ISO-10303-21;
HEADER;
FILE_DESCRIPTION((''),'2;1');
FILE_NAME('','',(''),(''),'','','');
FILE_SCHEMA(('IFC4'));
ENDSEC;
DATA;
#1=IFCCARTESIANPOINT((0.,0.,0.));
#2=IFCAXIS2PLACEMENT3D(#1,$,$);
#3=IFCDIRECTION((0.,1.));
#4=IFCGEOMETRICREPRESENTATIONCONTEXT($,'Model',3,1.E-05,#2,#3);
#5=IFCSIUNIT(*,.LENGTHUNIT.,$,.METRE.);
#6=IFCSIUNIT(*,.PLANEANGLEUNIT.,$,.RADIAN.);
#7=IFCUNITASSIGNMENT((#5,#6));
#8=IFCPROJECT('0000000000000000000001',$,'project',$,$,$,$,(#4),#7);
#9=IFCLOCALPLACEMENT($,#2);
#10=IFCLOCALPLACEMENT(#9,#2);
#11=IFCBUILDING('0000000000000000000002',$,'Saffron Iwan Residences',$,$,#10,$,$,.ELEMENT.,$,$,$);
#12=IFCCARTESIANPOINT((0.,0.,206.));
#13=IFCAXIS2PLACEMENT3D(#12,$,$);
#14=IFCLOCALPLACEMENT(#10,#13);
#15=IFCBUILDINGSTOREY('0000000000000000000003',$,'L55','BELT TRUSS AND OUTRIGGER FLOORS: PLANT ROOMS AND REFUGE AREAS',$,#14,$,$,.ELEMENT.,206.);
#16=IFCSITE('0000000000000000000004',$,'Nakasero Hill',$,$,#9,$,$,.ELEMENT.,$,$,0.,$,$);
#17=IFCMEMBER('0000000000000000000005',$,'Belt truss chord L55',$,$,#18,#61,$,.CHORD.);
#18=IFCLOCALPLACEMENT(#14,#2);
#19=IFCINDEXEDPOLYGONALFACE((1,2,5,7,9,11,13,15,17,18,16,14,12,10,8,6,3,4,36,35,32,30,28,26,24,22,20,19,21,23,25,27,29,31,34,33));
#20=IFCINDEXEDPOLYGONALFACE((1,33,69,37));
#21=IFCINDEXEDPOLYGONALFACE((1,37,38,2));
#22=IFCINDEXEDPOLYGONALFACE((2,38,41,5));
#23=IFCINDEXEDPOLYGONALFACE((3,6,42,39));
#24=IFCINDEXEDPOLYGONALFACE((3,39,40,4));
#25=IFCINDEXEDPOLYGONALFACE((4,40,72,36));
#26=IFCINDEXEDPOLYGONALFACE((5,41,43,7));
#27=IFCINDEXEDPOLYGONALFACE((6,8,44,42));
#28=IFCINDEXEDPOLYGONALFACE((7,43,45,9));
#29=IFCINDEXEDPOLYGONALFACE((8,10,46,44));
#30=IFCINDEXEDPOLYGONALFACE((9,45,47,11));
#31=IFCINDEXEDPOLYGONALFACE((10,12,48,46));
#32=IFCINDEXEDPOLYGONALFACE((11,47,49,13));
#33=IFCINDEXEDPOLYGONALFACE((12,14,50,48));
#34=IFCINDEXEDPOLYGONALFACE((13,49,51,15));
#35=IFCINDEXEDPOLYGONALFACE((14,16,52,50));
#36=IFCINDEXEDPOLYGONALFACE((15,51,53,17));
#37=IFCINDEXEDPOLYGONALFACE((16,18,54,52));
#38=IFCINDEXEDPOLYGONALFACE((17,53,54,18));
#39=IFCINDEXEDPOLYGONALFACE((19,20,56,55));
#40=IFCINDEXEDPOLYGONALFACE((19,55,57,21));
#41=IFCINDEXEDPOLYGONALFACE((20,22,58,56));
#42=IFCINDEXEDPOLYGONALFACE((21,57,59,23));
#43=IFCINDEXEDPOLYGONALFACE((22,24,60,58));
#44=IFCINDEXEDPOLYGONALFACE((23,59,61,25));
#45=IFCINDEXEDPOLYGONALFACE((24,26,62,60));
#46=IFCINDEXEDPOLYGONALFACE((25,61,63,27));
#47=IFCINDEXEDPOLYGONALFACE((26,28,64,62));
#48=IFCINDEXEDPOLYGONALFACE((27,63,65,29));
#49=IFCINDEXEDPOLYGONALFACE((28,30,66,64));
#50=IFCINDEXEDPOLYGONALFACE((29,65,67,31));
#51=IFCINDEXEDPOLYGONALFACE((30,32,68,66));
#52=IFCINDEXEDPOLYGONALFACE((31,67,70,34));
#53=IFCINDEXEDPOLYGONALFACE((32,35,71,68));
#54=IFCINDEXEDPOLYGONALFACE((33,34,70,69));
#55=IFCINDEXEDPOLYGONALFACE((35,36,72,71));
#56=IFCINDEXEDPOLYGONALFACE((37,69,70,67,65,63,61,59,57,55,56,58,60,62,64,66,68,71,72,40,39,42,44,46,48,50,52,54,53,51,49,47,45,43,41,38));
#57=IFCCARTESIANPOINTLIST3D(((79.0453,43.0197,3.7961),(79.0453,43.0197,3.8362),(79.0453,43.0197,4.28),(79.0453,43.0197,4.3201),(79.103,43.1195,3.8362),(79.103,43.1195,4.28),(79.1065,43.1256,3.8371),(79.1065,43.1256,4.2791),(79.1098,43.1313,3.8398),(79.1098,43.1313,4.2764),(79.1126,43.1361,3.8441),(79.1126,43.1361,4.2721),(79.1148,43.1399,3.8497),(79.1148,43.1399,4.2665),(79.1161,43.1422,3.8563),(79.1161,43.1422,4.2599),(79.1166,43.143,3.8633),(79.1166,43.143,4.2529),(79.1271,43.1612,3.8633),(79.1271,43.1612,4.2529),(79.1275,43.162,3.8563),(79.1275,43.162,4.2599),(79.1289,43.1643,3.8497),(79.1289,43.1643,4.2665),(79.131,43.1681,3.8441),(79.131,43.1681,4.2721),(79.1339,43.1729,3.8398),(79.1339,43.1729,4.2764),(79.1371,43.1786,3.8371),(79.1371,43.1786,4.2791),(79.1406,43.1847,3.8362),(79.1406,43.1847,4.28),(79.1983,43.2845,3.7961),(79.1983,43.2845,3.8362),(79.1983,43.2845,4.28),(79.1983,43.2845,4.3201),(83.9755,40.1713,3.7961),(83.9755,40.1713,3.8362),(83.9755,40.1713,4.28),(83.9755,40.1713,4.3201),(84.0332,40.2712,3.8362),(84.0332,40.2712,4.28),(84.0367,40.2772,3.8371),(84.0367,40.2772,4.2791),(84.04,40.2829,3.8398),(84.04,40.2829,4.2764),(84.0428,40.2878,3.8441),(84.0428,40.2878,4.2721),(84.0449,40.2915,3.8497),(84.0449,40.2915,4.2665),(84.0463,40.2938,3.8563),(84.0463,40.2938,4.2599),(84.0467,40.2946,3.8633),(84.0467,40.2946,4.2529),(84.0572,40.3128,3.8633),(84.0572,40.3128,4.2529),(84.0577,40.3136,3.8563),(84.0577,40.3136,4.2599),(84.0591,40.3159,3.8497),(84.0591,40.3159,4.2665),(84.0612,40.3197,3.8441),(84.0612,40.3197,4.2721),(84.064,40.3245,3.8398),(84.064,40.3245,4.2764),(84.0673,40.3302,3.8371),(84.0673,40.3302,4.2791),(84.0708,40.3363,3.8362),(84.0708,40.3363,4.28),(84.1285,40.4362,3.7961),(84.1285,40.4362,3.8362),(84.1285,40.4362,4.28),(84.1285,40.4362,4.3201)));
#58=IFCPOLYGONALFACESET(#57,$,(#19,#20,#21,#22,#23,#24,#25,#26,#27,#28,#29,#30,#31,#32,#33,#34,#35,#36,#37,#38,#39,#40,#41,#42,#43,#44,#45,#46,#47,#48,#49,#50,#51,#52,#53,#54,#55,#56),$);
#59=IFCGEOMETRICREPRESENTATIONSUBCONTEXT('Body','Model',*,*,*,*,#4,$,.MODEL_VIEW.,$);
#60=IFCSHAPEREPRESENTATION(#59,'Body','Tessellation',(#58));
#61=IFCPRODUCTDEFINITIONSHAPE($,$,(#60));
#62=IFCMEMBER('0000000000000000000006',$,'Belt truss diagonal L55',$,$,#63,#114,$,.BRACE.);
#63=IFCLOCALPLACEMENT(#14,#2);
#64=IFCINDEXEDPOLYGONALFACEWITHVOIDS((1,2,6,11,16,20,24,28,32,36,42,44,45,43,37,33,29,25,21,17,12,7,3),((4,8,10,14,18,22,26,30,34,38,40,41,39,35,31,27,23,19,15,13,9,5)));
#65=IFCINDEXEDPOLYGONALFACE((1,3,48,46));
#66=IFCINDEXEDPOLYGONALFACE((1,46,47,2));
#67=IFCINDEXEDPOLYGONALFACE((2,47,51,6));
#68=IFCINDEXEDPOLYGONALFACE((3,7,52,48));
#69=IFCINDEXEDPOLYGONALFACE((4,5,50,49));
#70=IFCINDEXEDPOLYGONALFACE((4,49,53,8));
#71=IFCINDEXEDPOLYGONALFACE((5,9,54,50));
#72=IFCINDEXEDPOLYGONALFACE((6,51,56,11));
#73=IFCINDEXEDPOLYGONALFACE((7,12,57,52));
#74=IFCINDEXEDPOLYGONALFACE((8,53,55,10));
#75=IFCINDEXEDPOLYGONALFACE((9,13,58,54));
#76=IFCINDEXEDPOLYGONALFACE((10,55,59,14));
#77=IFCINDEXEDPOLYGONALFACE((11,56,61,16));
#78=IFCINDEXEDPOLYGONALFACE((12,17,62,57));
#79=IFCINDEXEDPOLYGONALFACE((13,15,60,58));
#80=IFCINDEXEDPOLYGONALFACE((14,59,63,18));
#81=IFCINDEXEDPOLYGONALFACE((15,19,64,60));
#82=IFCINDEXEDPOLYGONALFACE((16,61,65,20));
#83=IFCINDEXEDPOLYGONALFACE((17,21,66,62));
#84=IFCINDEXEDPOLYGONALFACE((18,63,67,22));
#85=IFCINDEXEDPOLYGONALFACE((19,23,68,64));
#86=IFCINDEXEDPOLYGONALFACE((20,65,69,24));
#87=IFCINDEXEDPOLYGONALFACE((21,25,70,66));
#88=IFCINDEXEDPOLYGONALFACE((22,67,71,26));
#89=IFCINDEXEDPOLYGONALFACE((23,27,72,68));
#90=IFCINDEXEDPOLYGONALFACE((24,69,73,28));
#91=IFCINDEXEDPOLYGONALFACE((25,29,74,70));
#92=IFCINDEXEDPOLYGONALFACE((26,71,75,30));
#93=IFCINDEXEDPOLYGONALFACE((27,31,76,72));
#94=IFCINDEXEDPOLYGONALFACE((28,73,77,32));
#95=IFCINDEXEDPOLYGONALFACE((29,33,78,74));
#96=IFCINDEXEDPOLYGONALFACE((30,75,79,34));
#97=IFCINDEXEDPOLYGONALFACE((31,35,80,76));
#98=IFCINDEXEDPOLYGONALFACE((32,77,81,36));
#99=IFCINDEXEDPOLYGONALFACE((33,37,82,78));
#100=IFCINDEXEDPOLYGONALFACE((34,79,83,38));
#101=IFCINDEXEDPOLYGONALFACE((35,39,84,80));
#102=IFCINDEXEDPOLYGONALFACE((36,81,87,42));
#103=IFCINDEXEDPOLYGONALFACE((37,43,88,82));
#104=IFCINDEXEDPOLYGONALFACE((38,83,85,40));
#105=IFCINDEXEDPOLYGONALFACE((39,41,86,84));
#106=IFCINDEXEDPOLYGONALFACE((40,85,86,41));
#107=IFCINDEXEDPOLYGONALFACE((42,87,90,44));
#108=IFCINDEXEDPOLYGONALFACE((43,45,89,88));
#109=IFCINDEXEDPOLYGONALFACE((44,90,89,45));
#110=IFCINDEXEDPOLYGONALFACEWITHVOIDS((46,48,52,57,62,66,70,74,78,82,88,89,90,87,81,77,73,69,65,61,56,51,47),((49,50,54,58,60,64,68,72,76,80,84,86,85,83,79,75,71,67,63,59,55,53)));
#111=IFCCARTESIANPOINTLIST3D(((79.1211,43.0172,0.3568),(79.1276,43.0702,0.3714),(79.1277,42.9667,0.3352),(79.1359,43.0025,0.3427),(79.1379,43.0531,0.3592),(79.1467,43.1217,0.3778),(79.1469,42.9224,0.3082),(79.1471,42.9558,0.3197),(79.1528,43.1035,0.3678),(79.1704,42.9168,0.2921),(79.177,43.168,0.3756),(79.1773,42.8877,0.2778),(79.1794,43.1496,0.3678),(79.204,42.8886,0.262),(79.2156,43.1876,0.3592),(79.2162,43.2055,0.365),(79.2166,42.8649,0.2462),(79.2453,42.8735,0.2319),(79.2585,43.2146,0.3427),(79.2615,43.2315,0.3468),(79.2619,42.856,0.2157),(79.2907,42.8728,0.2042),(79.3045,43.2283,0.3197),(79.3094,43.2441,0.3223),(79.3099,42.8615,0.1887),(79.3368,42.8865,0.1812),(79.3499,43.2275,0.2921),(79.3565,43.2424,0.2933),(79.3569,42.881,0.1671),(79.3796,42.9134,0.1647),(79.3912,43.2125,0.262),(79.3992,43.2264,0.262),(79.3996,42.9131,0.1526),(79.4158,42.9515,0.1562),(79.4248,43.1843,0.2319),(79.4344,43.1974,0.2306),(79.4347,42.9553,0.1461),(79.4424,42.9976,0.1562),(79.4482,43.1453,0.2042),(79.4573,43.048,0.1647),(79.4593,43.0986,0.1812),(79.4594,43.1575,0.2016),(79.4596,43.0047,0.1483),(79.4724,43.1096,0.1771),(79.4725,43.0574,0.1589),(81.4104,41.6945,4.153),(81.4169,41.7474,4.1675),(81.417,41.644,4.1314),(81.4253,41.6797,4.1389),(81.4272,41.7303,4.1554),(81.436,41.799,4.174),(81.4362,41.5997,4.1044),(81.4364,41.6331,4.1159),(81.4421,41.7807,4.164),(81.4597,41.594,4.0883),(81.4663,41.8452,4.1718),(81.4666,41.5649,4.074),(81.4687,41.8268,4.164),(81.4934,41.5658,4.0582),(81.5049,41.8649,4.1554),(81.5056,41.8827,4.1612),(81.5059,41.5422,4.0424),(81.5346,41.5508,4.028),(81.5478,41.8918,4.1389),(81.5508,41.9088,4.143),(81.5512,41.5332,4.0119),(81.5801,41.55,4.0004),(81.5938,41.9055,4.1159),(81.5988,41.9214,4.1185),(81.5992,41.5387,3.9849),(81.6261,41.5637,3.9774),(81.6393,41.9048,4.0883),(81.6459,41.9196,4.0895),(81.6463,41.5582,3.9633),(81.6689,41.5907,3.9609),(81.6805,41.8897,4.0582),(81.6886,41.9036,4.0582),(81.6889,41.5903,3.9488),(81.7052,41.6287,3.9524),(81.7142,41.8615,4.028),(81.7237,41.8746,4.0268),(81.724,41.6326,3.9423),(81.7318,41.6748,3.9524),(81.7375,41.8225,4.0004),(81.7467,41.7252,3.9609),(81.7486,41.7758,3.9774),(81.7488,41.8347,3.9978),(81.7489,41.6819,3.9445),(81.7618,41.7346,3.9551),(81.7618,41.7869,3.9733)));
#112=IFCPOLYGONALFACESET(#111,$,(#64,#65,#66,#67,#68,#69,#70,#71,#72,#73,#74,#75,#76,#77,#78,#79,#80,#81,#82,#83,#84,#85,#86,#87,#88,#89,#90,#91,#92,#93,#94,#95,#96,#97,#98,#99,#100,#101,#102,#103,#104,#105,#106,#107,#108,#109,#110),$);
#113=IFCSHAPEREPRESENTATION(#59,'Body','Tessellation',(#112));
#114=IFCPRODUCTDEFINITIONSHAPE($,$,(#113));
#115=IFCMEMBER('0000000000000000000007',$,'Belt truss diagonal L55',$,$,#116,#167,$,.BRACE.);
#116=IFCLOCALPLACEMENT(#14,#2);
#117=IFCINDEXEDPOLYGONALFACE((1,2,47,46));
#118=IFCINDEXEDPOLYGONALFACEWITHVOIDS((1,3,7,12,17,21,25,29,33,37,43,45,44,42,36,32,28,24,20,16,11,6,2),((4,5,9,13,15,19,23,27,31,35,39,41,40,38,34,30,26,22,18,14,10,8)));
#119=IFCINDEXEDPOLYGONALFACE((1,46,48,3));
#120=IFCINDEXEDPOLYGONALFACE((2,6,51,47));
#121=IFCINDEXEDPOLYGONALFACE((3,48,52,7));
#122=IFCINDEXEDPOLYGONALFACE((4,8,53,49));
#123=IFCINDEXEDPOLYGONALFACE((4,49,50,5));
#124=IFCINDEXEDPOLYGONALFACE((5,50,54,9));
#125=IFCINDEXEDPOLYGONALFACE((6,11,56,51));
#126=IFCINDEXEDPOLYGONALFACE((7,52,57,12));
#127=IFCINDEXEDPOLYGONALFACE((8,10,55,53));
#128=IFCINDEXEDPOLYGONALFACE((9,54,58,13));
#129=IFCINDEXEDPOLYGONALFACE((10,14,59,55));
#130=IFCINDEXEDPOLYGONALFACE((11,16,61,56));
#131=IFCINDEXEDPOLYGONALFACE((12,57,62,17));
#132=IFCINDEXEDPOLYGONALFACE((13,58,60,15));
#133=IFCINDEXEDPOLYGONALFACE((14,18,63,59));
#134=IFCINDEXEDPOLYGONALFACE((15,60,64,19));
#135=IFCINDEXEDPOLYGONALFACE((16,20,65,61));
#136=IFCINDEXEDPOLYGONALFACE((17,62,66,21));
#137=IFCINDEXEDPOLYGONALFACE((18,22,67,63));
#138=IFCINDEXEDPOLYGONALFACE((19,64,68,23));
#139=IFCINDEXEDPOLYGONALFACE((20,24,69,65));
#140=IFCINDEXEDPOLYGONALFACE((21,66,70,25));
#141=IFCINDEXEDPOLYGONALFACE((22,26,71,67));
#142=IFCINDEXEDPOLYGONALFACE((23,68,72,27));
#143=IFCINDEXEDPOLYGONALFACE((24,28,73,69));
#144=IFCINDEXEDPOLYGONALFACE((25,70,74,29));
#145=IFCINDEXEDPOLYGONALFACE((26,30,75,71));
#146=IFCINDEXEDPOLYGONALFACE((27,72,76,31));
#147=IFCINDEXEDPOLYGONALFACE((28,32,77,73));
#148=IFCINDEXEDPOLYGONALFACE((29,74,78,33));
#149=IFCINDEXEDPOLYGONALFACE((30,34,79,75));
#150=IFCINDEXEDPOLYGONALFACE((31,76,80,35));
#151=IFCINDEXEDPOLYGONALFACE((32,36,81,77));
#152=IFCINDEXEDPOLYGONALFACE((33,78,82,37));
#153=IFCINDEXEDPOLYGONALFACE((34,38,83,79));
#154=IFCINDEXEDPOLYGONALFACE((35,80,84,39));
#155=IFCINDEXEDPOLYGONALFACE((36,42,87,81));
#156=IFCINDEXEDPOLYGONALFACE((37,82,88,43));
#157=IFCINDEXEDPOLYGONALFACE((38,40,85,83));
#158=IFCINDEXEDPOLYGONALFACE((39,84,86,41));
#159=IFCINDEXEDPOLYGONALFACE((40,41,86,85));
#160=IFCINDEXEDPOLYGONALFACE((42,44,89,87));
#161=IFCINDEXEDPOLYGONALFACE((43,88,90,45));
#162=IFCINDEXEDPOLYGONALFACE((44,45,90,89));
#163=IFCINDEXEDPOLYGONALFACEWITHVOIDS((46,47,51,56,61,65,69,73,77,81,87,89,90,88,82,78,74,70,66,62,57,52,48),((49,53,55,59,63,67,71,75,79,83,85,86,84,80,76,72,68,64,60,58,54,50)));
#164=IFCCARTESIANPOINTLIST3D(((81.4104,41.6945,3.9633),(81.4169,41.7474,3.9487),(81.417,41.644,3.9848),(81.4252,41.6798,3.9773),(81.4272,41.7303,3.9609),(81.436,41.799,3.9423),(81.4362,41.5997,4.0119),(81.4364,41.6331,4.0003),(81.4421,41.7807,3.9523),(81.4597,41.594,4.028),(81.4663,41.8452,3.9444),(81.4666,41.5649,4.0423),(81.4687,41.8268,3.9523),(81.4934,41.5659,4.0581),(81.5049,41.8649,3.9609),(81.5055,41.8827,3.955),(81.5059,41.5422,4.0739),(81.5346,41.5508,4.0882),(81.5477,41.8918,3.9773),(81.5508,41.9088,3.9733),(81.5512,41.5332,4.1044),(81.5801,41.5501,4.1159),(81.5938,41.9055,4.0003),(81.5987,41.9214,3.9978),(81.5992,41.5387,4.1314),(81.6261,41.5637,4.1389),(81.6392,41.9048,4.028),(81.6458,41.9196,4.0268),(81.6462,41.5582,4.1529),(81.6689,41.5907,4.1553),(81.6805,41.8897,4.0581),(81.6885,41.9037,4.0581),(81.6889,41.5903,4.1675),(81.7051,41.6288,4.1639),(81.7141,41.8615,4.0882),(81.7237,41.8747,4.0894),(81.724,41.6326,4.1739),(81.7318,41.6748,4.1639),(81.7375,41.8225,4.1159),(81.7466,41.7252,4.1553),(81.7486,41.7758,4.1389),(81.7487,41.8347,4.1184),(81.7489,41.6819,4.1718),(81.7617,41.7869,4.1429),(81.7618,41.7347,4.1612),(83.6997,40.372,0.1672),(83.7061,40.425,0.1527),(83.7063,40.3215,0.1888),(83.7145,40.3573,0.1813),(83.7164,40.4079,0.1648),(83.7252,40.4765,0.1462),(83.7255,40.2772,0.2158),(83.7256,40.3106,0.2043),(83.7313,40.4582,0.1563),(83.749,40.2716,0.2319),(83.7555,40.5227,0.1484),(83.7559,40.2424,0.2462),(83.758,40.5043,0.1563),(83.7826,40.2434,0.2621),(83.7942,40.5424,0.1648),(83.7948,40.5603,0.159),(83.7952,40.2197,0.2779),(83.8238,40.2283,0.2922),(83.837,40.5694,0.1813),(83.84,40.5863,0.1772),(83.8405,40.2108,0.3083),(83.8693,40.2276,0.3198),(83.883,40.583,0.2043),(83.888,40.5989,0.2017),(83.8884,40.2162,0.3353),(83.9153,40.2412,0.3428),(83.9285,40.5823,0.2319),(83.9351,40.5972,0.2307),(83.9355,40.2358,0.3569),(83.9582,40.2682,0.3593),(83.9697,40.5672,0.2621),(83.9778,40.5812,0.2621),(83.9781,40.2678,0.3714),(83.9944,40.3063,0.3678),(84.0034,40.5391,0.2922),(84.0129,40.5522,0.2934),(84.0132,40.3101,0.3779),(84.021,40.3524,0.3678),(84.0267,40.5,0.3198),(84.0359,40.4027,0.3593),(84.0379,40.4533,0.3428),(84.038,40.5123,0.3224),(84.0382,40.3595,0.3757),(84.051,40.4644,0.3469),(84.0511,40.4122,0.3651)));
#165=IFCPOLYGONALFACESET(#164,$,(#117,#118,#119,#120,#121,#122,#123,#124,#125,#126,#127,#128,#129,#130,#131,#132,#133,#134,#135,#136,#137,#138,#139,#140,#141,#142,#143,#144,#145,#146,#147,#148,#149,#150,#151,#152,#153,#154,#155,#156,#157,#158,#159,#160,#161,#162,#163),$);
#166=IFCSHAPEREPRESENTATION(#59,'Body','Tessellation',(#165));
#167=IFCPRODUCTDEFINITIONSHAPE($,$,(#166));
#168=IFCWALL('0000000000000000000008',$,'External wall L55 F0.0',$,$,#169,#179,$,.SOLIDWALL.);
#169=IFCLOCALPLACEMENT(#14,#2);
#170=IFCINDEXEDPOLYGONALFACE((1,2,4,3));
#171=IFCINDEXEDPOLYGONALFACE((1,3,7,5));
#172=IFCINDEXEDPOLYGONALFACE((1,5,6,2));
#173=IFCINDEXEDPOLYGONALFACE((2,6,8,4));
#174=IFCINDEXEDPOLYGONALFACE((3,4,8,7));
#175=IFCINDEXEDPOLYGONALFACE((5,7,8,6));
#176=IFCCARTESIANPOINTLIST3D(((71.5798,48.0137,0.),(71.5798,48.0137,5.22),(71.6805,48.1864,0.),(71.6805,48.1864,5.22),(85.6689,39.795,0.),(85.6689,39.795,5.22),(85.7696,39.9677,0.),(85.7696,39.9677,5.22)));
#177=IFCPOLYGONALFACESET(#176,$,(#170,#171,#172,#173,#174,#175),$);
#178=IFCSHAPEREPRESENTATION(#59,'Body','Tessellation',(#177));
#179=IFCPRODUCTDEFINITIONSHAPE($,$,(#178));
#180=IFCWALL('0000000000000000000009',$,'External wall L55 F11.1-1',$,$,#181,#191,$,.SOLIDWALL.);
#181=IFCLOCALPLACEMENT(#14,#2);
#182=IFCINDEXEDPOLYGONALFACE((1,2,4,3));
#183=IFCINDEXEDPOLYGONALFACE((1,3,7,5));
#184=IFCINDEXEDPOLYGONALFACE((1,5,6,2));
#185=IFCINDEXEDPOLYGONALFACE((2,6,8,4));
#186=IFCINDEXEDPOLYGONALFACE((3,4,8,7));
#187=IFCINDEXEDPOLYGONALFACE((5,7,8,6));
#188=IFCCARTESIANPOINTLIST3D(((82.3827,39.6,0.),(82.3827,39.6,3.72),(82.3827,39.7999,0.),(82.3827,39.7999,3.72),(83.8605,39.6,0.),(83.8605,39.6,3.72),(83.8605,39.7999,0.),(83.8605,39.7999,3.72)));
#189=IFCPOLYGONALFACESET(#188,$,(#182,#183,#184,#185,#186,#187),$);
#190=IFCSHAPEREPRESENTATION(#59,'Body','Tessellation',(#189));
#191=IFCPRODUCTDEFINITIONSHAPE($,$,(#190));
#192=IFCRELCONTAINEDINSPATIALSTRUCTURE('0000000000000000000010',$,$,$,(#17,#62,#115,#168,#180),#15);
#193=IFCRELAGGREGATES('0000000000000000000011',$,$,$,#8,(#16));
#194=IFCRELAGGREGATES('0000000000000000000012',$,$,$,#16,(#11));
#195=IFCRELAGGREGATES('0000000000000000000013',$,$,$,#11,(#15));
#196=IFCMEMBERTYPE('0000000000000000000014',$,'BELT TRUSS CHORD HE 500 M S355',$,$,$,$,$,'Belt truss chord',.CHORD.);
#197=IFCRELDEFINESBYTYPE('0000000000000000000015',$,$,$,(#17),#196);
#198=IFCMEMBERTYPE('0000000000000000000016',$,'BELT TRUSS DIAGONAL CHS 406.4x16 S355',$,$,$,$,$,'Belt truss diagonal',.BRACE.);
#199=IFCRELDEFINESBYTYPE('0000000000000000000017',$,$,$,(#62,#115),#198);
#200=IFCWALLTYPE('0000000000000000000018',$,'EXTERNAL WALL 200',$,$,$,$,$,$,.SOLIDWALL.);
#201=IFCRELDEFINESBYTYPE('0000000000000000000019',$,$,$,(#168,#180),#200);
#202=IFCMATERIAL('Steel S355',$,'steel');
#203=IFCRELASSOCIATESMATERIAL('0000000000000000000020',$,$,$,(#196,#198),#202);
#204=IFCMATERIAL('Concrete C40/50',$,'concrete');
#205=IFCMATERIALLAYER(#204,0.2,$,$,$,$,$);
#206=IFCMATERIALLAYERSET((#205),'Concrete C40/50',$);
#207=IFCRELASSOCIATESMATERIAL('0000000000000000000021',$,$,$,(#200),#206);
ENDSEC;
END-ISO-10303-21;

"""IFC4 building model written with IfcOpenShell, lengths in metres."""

from ifc_helpers import new_model, si_unit, direction, frame, frame_2d, origin, origin_2d, place, context, subcontext, project, spatial, rectangle, hollow_circle, i_section, extrude, source, transform, mapped, material, layer, layer_set, material_profile, profile_set, type_object, element, save


model = new_model("IFC4")

# Units and contexts
model_context = context("Model", 3, precision=1e-05, world=origin(), true_north=direction((0.0, 1.0)))
body_context = subcontext(model_context, "Body", "Model", "MODEL_VIEW")
ifc_project = project(units=[si_unit("LENGTHUNIT", "METRE"), si_unit("PLANEANGLEUNIT", "RADIAN")], contexts=[model_context])

# Site, building, storey
site_placement = place(None, origin())
site = spatial("IfcSite", under=ifc_project, at=site_placement, Name="Nakasero Hill", CompositionType="ELEMENT", RefElevation=0.0)
building_placement = place(site_placement, origin())
building = spatial("IfcBuilding", under=site, at=building_placement, Name="Saffron Iwan Residences", CompositionType="ELEMENT")
storey_placement = place(building_placement, frame((0.0, 0.0, 206.0)))
storey = spatial("IfcBuildingStorey", under=building, at=storey_placement, Name="L55", Description="BELT TRUSS AND OUTRIGGER FLOORS: PLANT ROOMS AND REFUGE AREAS", CompositionType="ELEMENT", Elevation=206.0)

# Members
ifc_material_1 = material(Name="Steel S355", Category="steel")
ifc_material_profile_1 = material_profile(ifc_material_1, i_section(OverallWidth=0.3059, OverallDepth=0.5239, WebThickness=0.021, FlangeThickness=0.04, FilletRadius=0.0271, at=origin_2d()), Name="HE 500 M")
ifc_profile_set_1 = profile_set([ifc_material_profile_1], Name="Steel S355")
member_type_1 = type_object("IfcMemberType", Name="BELT TRUSS CHORD HE 500 M S355", ElementType="Belt truss chord", PredefinedType="CHORD", material=ifc_profile_set_1)
shared_shape_1 = source(origin(), body_context, "Body", "SweptSolid", [
    extrude(i_section(OverallWidth=0.3059, OverallDepth=0.5239, WebThickness=0.021, FlangeThickness=0.04, FilletRadius=0.0271, at=origin_2d()), origin(), (0.0, 0.0, 1.0), 5.6938),
])
for number, where, z_axis, x_axis, name in (
    (1, (79.1218, 43.1521, 4.0581), (0.865877, -0.500257, 0.0), (0.500257, 0.865877, 0.0), "Belt truss chord L55"),
):
    element("IfcMember", number, at=place(storey_placement, frame(where, z_axis=z_axis, x_axis=x_axis)), inside=storey, type_object=member_type_1, Name=name, PredefinedType="CHORD", context=body_context, shape_type="MappedRepresentation", body=[
        mapped(shared_shape_1, transform((0.0, 0.0, 0.0))),
    ])
ifc_material_profile_2 = material_profile(ifc_material_1, hollow_circle(Radius=0.2031, WallThickness=0.0161, at=origin_2d()), Name="CHS 406.4x16")
ifc_profile_set_2 = profile_set([ifc_material_profile_2], Name="Steel S355")
member_type_2 = type_object("IfcMemberType", Name="BELT TRUSS DIAGONAL CHS 406.4x16 S355", ElementType="Belt truss diagonal", PredefinedType="BRACE", material=ifc_profile_set_2)
shared_shape_2 = source(origin(), body_context, "Body", "SweptSolid", [
    extrude(hollow_circle(Radius=0.2031, WallThickness=0.0161, at=origin_2d()), origin(), (0.0, 0.0, 1.0), 4.6262),
])
member_1_placement = place(storey_placement, frame((79.2976, 43.0505, 0.262), z_axis=(0.494862, -0.285929, 0.820583), x_axis=(0.50029, 0.865858, 0.0)))
element("IfcMember", 2, at=member_1_placement, inside=storey, type_object=member_type_2, Name="Belt truss diagonal L55", PredefinedType="BRACE", context=body_context, shape_type="MappedRepresentation", body=[
    mapped(shared_shape_2, transform((0.0, 0.0, 0.0))),
])
shared_shape_3 = source(origin(), body_context, "Body", "SweptSolid", [
    extrude(hollow_circle(Radius=0.2031, WallThickness=0.0161, at=origin_2d()), origin(), (0.0, 0.0, 1.0), 4.626),
])
member_2_placement = place(storey_placement, frame((81.5869, 41.7278, 4.0581), z_axis=(0.494869, -0.285881, -0.820595), x_axis=(0.500221, 0.865898, 0.0)))
element("IfcMember", 3, at=member_2_placement, inside=storey, type_object=member_type_2, Name="Belt truss diagonal L55", PredefinedType="BRACE", context=body_context, shape_type="MappedRepresentation", body=[
    mapped(shared_shape_3, transform((0.0, 0.0, 0.0))),
])

# Walls
ifc_material_2 = material(Name="Concrete C40/50", Category="concrete")
ifc_layer_1 = layer(ifc_material_2, 0.2)
ifc_layer_set_1 = layer_set([ifc_layer_1], Name="Concrete C40/50")
wall_type_1 = type_object("IfcWallType", Name="EXTERNAL WALL 200", PredefinedType="SOLIDWALL", material=ifc_layer_set_1)
wall_1_placement = place(storey_placement, frame((85.7192, 39.8813, 0.0), z_axis=(0.0, 0.0, 1.0), x_axis=(-0.863776, 0.503876, 0.0)))
element("IfcWall", 4, at=wall_1_placement, inside=storey, type_object=wall_type_1, Name="External wall L55 F0.0", PredefinedType="SOLIDWALL", context=body_context, shape_type="SweptSolid", body=[
    extrude(rectangle(XDim=16.311, YDim=0.2, at=frame_2d((8.1555, 0.0))), origin(), (0.0, 0.0, 1.0), 5.22),
])
wall_2_placement = place(storey_placement, frame((82.3828, 39.7, 0.0), z_axis=(0.0, 0.0, 1.0), x_axis=(1.0, 0.0, 0.0)))
element("IfcWall", 5, at=wall_2_placement, inside=storey, type_object=wall_type_1, Name="External wall L55 F11.1-1", PredefinedType="SOLIDWALL", context=body_context, shape_type="SweptSolid", body=[
    extrude(rectangle(XDim=1.4778, YDim=0.2, at=frame_2d((0.7388, 0.0))), origin(), (0.0, 0.0, 1.0), 3.72),
])

save(model, "model.ifc")
